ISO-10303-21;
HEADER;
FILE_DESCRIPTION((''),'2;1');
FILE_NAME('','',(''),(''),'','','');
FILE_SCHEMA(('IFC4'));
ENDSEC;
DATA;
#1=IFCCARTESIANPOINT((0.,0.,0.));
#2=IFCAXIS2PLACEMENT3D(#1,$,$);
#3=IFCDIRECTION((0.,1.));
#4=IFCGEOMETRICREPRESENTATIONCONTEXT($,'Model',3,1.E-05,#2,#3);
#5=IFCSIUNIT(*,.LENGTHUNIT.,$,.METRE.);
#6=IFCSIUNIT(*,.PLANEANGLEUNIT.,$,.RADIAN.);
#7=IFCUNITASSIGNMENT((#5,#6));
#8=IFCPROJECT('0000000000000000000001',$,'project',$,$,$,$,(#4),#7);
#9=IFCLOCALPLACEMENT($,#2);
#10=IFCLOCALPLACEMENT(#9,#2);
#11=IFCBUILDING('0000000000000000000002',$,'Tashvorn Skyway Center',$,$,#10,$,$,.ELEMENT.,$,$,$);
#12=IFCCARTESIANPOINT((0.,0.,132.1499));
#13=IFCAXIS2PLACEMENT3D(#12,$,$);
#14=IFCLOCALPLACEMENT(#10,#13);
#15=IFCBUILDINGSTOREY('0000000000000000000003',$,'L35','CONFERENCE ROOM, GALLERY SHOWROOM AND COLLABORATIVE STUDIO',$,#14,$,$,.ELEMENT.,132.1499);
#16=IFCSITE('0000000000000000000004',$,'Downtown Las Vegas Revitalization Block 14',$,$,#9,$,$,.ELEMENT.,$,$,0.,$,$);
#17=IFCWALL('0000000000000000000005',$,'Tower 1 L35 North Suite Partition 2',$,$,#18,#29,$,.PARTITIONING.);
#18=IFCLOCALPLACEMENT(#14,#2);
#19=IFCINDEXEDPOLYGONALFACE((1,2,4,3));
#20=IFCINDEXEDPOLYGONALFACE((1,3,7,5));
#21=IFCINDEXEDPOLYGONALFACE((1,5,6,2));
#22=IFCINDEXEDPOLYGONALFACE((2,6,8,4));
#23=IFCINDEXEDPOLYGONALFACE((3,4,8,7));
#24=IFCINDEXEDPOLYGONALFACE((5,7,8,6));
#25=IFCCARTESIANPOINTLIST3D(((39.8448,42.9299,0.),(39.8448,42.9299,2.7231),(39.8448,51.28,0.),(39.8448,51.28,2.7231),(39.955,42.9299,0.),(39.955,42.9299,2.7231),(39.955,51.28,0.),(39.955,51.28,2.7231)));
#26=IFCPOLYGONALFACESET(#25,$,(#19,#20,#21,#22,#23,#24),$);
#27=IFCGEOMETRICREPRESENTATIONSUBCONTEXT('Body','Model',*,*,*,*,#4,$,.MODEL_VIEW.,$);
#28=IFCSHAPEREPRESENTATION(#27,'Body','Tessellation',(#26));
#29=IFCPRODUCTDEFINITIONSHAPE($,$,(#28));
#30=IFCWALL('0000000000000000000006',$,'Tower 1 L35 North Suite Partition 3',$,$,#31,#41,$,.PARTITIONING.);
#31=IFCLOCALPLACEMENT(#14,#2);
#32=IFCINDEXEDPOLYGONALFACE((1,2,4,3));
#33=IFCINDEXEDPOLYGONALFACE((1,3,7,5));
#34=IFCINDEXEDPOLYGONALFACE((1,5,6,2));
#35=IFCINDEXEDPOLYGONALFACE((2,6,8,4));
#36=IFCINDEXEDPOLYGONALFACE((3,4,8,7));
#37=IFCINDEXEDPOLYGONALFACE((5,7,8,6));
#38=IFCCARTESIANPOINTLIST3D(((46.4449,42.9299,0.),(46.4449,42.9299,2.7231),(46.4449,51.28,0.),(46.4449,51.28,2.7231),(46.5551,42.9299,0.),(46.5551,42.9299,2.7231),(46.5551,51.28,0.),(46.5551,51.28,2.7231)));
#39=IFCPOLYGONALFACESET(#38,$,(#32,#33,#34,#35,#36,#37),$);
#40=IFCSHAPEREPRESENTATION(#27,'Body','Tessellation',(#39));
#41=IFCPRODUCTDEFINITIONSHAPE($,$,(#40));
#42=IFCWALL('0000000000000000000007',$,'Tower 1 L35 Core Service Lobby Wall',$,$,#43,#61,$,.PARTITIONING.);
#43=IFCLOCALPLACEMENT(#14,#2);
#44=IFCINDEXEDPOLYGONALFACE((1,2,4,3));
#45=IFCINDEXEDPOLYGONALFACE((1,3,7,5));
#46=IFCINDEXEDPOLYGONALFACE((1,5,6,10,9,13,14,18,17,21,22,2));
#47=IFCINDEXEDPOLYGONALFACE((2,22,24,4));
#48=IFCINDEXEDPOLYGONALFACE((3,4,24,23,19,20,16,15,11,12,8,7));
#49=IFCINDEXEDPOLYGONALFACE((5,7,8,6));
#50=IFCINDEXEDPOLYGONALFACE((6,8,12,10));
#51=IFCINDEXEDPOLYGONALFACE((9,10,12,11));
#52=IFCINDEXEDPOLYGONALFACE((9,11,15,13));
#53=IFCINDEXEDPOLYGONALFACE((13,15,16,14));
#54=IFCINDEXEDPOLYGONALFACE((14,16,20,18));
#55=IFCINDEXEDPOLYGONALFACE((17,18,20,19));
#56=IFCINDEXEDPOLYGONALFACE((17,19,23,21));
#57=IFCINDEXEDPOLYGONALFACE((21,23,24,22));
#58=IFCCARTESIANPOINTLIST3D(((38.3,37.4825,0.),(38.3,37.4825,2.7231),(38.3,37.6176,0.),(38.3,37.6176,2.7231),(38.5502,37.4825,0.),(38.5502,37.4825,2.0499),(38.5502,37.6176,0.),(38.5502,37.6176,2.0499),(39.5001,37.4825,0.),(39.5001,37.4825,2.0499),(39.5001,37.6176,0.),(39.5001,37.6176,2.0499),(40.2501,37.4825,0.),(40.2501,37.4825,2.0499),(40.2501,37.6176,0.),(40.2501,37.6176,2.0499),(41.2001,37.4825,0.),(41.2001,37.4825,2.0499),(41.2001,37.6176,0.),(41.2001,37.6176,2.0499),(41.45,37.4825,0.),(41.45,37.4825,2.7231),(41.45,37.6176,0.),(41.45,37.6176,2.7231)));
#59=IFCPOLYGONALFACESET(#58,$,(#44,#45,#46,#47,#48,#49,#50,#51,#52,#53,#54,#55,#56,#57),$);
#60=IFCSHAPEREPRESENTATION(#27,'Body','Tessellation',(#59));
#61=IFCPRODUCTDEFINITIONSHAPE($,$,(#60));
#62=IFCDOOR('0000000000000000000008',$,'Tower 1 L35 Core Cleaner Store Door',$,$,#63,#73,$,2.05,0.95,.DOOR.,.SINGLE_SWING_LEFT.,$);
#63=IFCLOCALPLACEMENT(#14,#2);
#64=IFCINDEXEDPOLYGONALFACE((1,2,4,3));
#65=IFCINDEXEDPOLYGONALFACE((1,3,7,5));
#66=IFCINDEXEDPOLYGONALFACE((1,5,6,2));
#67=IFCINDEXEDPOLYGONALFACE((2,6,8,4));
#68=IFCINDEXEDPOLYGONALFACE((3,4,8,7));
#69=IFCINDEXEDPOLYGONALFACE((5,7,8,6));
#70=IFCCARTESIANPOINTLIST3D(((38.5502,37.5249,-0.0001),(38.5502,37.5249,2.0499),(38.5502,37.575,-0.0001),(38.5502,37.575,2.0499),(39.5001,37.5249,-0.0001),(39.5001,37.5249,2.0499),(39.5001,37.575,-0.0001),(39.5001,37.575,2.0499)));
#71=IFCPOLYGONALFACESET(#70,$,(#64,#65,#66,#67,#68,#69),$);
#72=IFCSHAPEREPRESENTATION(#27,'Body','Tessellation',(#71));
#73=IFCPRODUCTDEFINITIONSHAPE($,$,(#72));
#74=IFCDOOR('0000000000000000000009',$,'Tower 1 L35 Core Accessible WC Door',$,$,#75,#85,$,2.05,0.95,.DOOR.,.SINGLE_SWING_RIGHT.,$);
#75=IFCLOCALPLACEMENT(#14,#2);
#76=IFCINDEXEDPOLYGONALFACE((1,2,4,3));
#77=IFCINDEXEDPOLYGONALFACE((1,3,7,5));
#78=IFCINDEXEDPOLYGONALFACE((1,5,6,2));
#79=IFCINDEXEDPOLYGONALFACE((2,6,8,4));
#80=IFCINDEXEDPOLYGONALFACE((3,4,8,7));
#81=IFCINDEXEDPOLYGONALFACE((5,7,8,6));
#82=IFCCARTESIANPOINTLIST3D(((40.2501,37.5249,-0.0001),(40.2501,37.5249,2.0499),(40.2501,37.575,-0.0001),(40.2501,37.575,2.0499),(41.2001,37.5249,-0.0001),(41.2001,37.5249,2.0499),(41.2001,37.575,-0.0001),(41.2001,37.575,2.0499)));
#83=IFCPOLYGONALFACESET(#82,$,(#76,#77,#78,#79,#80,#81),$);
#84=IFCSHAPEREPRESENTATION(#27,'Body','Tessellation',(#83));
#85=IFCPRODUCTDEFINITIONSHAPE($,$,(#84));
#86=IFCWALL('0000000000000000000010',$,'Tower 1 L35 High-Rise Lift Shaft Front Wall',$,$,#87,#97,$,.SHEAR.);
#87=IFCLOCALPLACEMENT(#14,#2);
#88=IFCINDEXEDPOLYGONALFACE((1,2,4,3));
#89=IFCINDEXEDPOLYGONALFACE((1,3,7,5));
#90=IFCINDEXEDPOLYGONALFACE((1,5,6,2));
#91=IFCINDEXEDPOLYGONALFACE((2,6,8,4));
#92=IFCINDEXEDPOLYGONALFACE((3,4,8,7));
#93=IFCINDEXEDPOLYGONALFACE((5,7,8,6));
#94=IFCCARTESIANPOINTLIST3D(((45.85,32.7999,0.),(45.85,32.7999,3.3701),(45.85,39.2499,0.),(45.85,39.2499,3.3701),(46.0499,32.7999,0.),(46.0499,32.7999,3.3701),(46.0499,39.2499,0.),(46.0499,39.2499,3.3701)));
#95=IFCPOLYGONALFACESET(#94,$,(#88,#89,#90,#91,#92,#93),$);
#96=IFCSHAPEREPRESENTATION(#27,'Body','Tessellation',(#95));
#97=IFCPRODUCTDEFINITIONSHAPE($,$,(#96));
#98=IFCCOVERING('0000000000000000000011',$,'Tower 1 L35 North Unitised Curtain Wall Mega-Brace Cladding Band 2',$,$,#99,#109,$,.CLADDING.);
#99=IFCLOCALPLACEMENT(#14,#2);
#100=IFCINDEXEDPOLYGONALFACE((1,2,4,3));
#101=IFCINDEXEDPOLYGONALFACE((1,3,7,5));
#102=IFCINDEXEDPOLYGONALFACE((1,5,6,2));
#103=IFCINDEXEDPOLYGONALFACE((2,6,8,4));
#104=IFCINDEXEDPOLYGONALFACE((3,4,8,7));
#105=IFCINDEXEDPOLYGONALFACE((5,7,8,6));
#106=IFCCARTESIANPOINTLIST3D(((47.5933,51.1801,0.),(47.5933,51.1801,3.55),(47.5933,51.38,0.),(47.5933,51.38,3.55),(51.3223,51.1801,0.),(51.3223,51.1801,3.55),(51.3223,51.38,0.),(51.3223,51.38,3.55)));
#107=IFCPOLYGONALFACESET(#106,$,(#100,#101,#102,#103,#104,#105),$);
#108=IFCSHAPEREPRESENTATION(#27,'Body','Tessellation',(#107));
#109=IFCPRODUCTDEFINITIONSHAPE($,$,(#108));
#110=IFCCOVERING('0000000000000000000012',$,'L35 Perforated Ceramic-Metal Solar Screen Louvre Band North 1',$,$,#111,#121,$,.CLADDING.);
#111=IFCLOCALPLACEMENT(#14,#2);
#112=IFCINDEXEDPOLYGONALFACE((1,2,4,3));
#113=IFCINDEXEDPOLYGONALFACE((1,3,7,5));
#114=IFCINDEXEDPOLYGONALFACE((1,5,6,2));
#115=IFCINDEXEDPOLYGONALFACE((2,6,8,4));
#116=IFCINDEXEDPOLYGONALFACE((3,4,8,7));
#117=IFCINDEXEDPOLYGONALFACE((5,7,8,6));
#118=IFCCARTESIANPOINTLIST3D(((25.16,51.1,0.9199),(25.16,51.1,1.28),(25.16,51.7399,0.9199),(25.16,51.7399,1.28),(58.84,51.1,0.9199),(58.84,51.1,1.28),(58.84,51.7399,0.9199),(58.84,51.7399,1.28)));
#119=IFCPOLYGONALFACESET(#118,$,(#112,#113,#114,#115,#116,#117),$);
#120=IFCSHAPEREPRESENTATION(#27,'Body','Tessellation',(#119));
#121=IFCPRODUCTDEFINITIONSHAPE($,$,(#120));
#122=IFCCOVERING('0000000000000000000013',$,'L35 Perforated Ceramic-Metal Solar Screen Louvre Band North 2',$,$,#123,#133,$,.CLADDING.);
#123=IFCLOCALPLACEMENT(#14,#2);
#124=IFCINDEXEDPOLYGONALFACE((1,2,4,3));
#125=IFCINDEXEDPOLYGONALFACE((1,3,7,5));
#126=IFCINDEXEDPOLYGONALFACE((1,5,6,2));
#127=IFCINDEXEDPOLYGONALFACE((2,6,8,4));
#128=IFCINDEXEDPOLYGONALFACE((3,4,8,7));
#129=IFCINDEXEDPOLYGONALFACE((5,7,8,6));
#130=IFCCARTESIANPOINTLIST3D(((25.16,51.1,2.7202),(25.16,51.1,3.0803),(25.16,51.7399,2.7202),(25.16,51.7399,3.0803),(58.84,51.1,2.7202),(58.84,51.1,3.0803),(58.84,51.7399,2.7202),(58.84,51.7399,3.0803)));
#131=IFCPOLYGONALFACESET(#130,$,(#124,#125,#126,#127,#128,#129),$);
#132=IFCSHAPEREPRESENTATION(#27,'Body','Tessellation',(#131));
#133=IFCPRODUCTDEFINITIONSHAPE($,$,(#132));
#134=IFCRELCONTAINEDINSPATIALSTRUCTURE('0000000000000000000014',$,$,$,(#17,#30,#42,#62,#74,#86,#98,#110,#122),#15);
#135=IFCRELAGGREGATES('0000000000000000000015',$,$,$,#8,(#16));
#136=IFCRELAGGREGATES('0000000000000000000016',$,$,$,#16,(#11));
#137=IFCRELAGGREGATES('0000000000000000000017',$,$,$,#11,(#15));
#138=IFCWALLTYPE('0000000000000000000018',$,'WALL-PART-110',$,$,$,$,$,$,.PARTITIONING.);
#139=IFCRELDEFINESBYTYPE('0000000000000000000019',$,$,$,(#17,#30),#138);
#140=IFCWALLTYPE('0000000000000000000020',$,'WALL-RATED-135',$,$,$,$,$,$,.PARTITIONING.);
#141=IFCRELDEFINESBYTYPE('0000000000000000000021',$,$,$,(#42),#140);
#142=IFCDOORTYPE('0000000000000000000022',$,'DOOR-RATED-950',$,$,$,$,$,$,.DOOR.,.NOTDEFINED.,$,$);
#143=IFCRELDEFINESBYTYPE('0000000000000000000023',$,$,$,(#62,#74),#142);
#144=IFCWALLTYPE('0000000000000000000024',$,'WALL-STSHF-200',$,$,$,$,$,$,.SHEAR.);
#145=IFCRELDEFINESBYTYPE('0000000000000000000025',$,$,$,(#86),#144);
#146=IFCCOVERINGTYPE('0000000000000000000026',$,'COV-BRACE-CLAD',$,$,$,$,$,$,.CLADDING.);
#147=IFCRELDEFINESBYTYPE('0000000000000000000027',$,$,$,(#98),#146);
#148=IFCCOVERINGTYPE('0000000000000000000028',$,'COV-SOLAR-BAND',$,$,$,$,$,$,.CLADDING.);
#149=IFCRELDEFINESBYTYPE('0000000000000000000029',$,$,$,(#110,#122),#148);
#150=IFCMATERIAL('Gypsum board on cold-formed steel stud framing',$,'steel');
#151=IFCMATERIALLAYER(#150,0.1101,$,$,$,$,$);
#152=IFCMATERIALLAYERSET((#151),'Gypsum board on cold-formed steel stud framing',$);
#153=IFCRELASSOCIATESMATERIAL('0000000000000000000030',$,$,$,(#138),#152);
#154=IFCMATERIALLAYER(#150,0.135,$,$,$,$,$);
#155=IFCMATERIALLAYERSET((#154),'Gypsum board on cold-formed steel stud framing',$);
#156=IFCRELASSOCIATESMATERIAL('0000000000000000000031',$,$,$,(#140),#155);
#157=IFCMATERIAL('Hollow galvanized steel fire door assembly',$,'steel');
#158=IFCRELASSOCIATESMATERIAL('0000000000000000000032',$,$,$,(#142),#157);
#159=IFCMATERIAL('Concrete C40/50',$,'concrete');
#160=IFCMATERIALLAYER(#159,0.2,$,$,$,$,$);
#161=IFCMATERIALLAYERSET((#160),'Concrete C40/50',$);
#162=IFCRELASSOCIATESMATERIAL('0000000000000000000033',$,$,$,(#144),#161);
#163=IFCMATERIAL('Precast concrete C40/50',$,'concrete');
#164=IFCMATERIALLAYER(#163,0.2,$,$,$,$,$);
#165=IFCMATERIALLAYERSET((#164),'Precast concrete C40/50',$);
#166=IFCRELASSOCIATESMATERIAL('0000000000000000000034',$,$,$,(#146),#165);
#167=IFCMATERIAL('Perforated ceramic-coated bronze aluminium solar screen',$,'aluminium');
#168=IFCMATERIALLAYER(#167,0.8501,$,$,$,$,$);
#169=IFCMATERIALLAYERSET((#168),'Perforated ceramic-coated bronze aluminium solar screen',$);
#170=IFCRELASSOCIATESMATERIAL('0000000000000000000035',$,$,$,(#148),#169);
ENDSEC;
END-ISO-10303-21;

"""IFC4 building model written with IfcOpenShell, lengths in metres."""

from ifc_helpers import new_model, si_unit, direction, frame, frame_2d, origin, origin_2d, place, context, subcontext, project, spatial, rectangle, extrude, material, layer, layer_set, type_object, element, fill, save


model = new_model("IFC4")

# Units and contexts
model_context = context("Model", 3, precision=1e-05, world=origin(), true_north=direction((0.0, 1.0)))
body_context = subcontext(model_context, "Body", "Model", "MODEL_VIEW")
ifc_project = project(units=[si_unit("LENGTHUNIT", "METRE"), si_unit("PLANEANGLEUNIT", "RADIAN")], contexts=[model_context])

# Site, building, storey
site_placement = place(None, origin())
site = spatial("IfcSite", under=ifc_project, at=site_placement, Name="Downtown Las Vegas Revitalization Block 14", CompositionType="ELEMENT", RefElevation=0.0)
building_placement = place(site_placement, origin())
building = spatial("IfcBuilding", under=site, at=building_placement, Name="Tashvorn Skyway Center", CompositionType="ELEMENT")
storey_placement = place(building_placement, frame((0.0, 0.0, 132.1499)))
storey = spatial("IfcBuildingStorey", under=building, at=storey_placement, Name="L35", Description="CONFERENCE ROOM, GALLERY SHOWROOM AND COLLABORATIVE STUDIO", CompositionType="ELEMENT", Elevation=132.1499)

# Walls
ifc_material_1 = material(Name="Gypsum board on cold-formed steel stud framing", Category="steel")
ifc_layer_1 = layer(ifc_material_1, 0.1101)
ifc_layer_set_1 = layer_set([ifc_layer_1], Name="Gypsum board on cold-formed steel stud framing")
wall_type_1 = type_object("IfcWallType", Name="WALL-PART-110", PredefinedType="PARTITIONING", material=ifc_layer_set_1)
for number, where, z_axis, x_axis, name in (
    (1, (39.8999, 42.9299, 0.0), (0.0, 0.0, 1.0), (0.0, 1.0, 0.0), "Tower 1 L35 North Suite Partition 2"),
    (2, (46.5, 42.9299, 0.0), (0.0, 0.0, 1.0), (0.0, 1.0, 0.0), "Tower 1 L35 North Suite Partition 3"),
):
    element("IfcWall", number, at=place(storey_placement, frame(where, z_axis=z_axis, x_axis=x_axis)), inside=storey, type_object=wall_type_1, Name=name, PredefinedType="PARTITIONING", context=body_context, shape_type="SweptSolid", body=[
        extrude(rectangle(XDim=8.3501, YDim=0.1101, at=frame_2d((4.175, 0.0))), origin(), (0.0, 0.0, 1.0), 2.7231),
    ])

# Wall, openings, doors
ifc_layer_2 = layer(ifc_material_1, 0.135)
ifc_layer_set_2 = layer_set([ifc_layer_2], Name="Gypsum board on cold-formed steel stud framing")
wall_type_2 = type_object("IfcWallType", Name="WALL-RATED-135", PredefinedType="PARTITIONING", material=ifc_layer_set_2)
wall_1_placement = place(storey_placement, frame((38.3, 37.55, 0.0), z_axis=(0.0, 0.0, 1.0), x_axis=(1.0, 0.0, 0.0)))
wall_1 = element("IfcWall", 3, at=wall_1_placement, inside=storey, type_object=wall_type_2, Name="Tower 1 L35 Core Service Lobby Wall", PredefinedType="PARTITIONING", context=body_context, shape_type="SweptSolid", body=[
    extrude(rectangle(XDim=3.1499, YDim=0.135, at=frame_2d((1.575, 0.0))), origin(), (0.0, 0.0, 1.0), 2.7231),
])
opening_1_placement = place(wall_1_placement, frame((0.25, 0.0, 0.0)))
opening_1 = element("IfcOpeningElement", 4, at=opening_1_placement, cuts=wall_1, PredefinedType="OPENING", context=body_context, shape_type="SweptSolid", body=[
    extrude(rectangle(XDim=0.95, YDim=2.05, at=frame_2d((0.4751, 1.0249))), frame((0.0, 0.0774, 0.0), z_axis=(0.0, -1.0, 0.0), x_axis=(1.0, 0.0, 0.0)), (0.0, 0.0, 1.0), 0.155),
])
opening_2_placement = place(wall_1_placement, frame((1.95, 0.0, 0.0)))
opening_2 = element("IfcOpeningElement", 5, at=opening_2_placement, cuts=wall_1, PredefinedType="OPENING", context=body_context, shape_type="SweptSolid", body=[
    extrude(rectangle(XDim=0.95, YDim=2.05, at=frame_2d((0.4751, 1.0249))), frame((0.0, 0.0774, 0.0), z_axis=(0.0, -1.0, 0.0), x_axis=(1.0, 0.0, 0.0)), (0.0, 0.0, 1.0), 0.155),
])
ifc_material_2 = material(Name="Hollow galvanized steel fire door assembly", Category="steel")
door_type = type_object("IfcDoorType", Name="DOOR-RATED-950", OperationType="NOTDEFINED", PredefinedType="DOOR", material=ifc_material_2)
door_1_placement = place(opening_1_placement, origin())
door_1 = element("IfcDoor", 6, at=door_1_placement, inside=storey, type_object=door_type, Name="Tower 1 L35 Core Cleaner Store Door", OperationType="SINGLE_SWING_LEFT", OverallHeight=2.05, OverallWidth=0.95, PredefinedType="DOOR", context=body_context, shape_type="SweptSolid", body=[
    extrude(rectangle(XDim=0.95, YDim=2.05, at=frame_2d((0.4751, 1.0249))), frame((0.0, 0.0249, 0.0), z_axis=(0.0, -1.0, 0.0), x_axis=(1.0, 0.0, 0.0)), (0.0, 0.0, 1.0), 0.05),
])
fill(opening_1, door_1)
door_2_placement = place(opening_2_placement, origin())
door_2 = element("IfcDoor", 7, at=door_2_placement, inside=storey, type_object=door_type, Name="Tower 1 L35 Core Accessible WC Door", OperationType="SINGLE_SWING_RIGHT", OverallHeight=2.05, OverallWidth=0.95, PredefinedType="DOOR", context=body_context, shape_type="SweptSolid", body=[
    extrude(rectangle(XDim=0.95, YDim=2.05, at=frame_2d((0.4751, 1.0249))), frame((0.0, 0.0249, 0.0), z_axis=(0.0, -1.0, 0.0), x_axis=(1.0, 0.0, 0.0)), (0.0, 0.0, 1.0), 0.05),
])
fill(opening_2, door_2)

# Wall
ifc_material_3 = material(Name="Concrete C40/50", Category="concrete")
ifc_layer_3 = layer(ifc_material_3, 0.2)
ifc_layer_set_3 = layer_set([ifc_layer_3], Name="Concrete C40/50")
wall_type_3 = type_object("IfcWallType", Name="WALL-STSHF-200", PredefinedType="SHEAR", material=ifc_layer_set_3)
wall_2_placement = place(storey_placement, frame((45.95, 39.25, 0.0), z_axis=(0.0, 0.0, 1.0), x_axis=(0.0, -1.0, 0.0)))
element("IfcWall", 8, at=wall_2_placement, inside=storey, type_object=wall_type_3, Name="Tower 1 L35 High-Rise Lift Shaft Front Wall", PredefinedType="SHEAR", context=body_context, shape_type="SweptSolid", body=[
    extrude(rectangle(XDim=6.45, YDim=0.2, at=frame_2d((3.2251, 0.0))), origin(), (0.0, 0.0, 1.0), 3.3701),
])

# Coverings
ifc_material_4 = material(Name="Precast concrete C40/50", Category="concrete")
ifc_layer_4 = layer(ifc_material_4, 0.2)
ifc_layer_set_4 = layer_set([ifc_layer_4], Name="Precast concrete C40/50")
covering_type_1 = type_object("IfcCoveringType", Name="COV-BRACE-CLAD", PredefinedType="CLADDING", material=ifc_layer_set_4)
covering_placement = place(storey_placement, frame((49.4578, 51.28, 0.0), z_axis=(0.0, 0.0, 1.0), x_axis=(1.0, 0.0, 0.0)))
element("IfcCovering", 9, at=covering_placement, inside=storey, type_object=covering_type_1, Name="Tower 1 L35 North Unitised Curtain Wall Mega-Brace Cladding Band 2", PredefinedType="CLADDING", context=body_context, shape_type="SweptSolid", body=[
    extrude(rectangle(XDim=3.729, YDim=0.2, at=origin_2d()), origin(), (0.0, 0.0, 1.0), 3.55),
])
ifc_material_5 = material(Name="Perforated ceramic-coated bronze aluminium solar screen", Category="aluminium")
ifc_layer_5 = layer(ifc_material_5, 0.8501)
ifc_layer_set_5 = layer_set([ifc_layer_5], Name="Perforated ceramic-coated bronze aluminium solar screen")
covering_type_2 = type_object("IfcCoveringType", Name="COV-SOLAR-BAND", PredefinedType="CLADDING", material=ifc_layer_set_5)
for number, where, z_axis, x_axis, name in (
    (10, (42.0, 51.4199, 0.9199), (0.0, 0.0, 1.0), (1.0, 0.0, 0.0), "L35 Perforated Ceramic-Metal Solar Screen Louvre Band North 1"),
    (11, (42.0, 51.4199, 2.7202), (0.0, 0.0, 1.0), (1.0, 0.0, 0.0), "L35 Perforated Ceramic-Metal Solar Screen Louvre Band North 2"),
):
    element("IfcCovering", number, at=place(storey_placement, frame(where, z_axis=z_axis, x_axis=x_axis)), inside=storey, type_object=covering_type_2, Name=name, PredefinedType="CLADDING", context=body_context, shape_type="SweptSolid", body=[
        extrude(rectangle(XDim=33.6799, YDim=0.6399, at=origin_2d()), origin(), (0.0, 0.0, 1.0), 0.3601),
    ])

save(model, "model.ifc")
